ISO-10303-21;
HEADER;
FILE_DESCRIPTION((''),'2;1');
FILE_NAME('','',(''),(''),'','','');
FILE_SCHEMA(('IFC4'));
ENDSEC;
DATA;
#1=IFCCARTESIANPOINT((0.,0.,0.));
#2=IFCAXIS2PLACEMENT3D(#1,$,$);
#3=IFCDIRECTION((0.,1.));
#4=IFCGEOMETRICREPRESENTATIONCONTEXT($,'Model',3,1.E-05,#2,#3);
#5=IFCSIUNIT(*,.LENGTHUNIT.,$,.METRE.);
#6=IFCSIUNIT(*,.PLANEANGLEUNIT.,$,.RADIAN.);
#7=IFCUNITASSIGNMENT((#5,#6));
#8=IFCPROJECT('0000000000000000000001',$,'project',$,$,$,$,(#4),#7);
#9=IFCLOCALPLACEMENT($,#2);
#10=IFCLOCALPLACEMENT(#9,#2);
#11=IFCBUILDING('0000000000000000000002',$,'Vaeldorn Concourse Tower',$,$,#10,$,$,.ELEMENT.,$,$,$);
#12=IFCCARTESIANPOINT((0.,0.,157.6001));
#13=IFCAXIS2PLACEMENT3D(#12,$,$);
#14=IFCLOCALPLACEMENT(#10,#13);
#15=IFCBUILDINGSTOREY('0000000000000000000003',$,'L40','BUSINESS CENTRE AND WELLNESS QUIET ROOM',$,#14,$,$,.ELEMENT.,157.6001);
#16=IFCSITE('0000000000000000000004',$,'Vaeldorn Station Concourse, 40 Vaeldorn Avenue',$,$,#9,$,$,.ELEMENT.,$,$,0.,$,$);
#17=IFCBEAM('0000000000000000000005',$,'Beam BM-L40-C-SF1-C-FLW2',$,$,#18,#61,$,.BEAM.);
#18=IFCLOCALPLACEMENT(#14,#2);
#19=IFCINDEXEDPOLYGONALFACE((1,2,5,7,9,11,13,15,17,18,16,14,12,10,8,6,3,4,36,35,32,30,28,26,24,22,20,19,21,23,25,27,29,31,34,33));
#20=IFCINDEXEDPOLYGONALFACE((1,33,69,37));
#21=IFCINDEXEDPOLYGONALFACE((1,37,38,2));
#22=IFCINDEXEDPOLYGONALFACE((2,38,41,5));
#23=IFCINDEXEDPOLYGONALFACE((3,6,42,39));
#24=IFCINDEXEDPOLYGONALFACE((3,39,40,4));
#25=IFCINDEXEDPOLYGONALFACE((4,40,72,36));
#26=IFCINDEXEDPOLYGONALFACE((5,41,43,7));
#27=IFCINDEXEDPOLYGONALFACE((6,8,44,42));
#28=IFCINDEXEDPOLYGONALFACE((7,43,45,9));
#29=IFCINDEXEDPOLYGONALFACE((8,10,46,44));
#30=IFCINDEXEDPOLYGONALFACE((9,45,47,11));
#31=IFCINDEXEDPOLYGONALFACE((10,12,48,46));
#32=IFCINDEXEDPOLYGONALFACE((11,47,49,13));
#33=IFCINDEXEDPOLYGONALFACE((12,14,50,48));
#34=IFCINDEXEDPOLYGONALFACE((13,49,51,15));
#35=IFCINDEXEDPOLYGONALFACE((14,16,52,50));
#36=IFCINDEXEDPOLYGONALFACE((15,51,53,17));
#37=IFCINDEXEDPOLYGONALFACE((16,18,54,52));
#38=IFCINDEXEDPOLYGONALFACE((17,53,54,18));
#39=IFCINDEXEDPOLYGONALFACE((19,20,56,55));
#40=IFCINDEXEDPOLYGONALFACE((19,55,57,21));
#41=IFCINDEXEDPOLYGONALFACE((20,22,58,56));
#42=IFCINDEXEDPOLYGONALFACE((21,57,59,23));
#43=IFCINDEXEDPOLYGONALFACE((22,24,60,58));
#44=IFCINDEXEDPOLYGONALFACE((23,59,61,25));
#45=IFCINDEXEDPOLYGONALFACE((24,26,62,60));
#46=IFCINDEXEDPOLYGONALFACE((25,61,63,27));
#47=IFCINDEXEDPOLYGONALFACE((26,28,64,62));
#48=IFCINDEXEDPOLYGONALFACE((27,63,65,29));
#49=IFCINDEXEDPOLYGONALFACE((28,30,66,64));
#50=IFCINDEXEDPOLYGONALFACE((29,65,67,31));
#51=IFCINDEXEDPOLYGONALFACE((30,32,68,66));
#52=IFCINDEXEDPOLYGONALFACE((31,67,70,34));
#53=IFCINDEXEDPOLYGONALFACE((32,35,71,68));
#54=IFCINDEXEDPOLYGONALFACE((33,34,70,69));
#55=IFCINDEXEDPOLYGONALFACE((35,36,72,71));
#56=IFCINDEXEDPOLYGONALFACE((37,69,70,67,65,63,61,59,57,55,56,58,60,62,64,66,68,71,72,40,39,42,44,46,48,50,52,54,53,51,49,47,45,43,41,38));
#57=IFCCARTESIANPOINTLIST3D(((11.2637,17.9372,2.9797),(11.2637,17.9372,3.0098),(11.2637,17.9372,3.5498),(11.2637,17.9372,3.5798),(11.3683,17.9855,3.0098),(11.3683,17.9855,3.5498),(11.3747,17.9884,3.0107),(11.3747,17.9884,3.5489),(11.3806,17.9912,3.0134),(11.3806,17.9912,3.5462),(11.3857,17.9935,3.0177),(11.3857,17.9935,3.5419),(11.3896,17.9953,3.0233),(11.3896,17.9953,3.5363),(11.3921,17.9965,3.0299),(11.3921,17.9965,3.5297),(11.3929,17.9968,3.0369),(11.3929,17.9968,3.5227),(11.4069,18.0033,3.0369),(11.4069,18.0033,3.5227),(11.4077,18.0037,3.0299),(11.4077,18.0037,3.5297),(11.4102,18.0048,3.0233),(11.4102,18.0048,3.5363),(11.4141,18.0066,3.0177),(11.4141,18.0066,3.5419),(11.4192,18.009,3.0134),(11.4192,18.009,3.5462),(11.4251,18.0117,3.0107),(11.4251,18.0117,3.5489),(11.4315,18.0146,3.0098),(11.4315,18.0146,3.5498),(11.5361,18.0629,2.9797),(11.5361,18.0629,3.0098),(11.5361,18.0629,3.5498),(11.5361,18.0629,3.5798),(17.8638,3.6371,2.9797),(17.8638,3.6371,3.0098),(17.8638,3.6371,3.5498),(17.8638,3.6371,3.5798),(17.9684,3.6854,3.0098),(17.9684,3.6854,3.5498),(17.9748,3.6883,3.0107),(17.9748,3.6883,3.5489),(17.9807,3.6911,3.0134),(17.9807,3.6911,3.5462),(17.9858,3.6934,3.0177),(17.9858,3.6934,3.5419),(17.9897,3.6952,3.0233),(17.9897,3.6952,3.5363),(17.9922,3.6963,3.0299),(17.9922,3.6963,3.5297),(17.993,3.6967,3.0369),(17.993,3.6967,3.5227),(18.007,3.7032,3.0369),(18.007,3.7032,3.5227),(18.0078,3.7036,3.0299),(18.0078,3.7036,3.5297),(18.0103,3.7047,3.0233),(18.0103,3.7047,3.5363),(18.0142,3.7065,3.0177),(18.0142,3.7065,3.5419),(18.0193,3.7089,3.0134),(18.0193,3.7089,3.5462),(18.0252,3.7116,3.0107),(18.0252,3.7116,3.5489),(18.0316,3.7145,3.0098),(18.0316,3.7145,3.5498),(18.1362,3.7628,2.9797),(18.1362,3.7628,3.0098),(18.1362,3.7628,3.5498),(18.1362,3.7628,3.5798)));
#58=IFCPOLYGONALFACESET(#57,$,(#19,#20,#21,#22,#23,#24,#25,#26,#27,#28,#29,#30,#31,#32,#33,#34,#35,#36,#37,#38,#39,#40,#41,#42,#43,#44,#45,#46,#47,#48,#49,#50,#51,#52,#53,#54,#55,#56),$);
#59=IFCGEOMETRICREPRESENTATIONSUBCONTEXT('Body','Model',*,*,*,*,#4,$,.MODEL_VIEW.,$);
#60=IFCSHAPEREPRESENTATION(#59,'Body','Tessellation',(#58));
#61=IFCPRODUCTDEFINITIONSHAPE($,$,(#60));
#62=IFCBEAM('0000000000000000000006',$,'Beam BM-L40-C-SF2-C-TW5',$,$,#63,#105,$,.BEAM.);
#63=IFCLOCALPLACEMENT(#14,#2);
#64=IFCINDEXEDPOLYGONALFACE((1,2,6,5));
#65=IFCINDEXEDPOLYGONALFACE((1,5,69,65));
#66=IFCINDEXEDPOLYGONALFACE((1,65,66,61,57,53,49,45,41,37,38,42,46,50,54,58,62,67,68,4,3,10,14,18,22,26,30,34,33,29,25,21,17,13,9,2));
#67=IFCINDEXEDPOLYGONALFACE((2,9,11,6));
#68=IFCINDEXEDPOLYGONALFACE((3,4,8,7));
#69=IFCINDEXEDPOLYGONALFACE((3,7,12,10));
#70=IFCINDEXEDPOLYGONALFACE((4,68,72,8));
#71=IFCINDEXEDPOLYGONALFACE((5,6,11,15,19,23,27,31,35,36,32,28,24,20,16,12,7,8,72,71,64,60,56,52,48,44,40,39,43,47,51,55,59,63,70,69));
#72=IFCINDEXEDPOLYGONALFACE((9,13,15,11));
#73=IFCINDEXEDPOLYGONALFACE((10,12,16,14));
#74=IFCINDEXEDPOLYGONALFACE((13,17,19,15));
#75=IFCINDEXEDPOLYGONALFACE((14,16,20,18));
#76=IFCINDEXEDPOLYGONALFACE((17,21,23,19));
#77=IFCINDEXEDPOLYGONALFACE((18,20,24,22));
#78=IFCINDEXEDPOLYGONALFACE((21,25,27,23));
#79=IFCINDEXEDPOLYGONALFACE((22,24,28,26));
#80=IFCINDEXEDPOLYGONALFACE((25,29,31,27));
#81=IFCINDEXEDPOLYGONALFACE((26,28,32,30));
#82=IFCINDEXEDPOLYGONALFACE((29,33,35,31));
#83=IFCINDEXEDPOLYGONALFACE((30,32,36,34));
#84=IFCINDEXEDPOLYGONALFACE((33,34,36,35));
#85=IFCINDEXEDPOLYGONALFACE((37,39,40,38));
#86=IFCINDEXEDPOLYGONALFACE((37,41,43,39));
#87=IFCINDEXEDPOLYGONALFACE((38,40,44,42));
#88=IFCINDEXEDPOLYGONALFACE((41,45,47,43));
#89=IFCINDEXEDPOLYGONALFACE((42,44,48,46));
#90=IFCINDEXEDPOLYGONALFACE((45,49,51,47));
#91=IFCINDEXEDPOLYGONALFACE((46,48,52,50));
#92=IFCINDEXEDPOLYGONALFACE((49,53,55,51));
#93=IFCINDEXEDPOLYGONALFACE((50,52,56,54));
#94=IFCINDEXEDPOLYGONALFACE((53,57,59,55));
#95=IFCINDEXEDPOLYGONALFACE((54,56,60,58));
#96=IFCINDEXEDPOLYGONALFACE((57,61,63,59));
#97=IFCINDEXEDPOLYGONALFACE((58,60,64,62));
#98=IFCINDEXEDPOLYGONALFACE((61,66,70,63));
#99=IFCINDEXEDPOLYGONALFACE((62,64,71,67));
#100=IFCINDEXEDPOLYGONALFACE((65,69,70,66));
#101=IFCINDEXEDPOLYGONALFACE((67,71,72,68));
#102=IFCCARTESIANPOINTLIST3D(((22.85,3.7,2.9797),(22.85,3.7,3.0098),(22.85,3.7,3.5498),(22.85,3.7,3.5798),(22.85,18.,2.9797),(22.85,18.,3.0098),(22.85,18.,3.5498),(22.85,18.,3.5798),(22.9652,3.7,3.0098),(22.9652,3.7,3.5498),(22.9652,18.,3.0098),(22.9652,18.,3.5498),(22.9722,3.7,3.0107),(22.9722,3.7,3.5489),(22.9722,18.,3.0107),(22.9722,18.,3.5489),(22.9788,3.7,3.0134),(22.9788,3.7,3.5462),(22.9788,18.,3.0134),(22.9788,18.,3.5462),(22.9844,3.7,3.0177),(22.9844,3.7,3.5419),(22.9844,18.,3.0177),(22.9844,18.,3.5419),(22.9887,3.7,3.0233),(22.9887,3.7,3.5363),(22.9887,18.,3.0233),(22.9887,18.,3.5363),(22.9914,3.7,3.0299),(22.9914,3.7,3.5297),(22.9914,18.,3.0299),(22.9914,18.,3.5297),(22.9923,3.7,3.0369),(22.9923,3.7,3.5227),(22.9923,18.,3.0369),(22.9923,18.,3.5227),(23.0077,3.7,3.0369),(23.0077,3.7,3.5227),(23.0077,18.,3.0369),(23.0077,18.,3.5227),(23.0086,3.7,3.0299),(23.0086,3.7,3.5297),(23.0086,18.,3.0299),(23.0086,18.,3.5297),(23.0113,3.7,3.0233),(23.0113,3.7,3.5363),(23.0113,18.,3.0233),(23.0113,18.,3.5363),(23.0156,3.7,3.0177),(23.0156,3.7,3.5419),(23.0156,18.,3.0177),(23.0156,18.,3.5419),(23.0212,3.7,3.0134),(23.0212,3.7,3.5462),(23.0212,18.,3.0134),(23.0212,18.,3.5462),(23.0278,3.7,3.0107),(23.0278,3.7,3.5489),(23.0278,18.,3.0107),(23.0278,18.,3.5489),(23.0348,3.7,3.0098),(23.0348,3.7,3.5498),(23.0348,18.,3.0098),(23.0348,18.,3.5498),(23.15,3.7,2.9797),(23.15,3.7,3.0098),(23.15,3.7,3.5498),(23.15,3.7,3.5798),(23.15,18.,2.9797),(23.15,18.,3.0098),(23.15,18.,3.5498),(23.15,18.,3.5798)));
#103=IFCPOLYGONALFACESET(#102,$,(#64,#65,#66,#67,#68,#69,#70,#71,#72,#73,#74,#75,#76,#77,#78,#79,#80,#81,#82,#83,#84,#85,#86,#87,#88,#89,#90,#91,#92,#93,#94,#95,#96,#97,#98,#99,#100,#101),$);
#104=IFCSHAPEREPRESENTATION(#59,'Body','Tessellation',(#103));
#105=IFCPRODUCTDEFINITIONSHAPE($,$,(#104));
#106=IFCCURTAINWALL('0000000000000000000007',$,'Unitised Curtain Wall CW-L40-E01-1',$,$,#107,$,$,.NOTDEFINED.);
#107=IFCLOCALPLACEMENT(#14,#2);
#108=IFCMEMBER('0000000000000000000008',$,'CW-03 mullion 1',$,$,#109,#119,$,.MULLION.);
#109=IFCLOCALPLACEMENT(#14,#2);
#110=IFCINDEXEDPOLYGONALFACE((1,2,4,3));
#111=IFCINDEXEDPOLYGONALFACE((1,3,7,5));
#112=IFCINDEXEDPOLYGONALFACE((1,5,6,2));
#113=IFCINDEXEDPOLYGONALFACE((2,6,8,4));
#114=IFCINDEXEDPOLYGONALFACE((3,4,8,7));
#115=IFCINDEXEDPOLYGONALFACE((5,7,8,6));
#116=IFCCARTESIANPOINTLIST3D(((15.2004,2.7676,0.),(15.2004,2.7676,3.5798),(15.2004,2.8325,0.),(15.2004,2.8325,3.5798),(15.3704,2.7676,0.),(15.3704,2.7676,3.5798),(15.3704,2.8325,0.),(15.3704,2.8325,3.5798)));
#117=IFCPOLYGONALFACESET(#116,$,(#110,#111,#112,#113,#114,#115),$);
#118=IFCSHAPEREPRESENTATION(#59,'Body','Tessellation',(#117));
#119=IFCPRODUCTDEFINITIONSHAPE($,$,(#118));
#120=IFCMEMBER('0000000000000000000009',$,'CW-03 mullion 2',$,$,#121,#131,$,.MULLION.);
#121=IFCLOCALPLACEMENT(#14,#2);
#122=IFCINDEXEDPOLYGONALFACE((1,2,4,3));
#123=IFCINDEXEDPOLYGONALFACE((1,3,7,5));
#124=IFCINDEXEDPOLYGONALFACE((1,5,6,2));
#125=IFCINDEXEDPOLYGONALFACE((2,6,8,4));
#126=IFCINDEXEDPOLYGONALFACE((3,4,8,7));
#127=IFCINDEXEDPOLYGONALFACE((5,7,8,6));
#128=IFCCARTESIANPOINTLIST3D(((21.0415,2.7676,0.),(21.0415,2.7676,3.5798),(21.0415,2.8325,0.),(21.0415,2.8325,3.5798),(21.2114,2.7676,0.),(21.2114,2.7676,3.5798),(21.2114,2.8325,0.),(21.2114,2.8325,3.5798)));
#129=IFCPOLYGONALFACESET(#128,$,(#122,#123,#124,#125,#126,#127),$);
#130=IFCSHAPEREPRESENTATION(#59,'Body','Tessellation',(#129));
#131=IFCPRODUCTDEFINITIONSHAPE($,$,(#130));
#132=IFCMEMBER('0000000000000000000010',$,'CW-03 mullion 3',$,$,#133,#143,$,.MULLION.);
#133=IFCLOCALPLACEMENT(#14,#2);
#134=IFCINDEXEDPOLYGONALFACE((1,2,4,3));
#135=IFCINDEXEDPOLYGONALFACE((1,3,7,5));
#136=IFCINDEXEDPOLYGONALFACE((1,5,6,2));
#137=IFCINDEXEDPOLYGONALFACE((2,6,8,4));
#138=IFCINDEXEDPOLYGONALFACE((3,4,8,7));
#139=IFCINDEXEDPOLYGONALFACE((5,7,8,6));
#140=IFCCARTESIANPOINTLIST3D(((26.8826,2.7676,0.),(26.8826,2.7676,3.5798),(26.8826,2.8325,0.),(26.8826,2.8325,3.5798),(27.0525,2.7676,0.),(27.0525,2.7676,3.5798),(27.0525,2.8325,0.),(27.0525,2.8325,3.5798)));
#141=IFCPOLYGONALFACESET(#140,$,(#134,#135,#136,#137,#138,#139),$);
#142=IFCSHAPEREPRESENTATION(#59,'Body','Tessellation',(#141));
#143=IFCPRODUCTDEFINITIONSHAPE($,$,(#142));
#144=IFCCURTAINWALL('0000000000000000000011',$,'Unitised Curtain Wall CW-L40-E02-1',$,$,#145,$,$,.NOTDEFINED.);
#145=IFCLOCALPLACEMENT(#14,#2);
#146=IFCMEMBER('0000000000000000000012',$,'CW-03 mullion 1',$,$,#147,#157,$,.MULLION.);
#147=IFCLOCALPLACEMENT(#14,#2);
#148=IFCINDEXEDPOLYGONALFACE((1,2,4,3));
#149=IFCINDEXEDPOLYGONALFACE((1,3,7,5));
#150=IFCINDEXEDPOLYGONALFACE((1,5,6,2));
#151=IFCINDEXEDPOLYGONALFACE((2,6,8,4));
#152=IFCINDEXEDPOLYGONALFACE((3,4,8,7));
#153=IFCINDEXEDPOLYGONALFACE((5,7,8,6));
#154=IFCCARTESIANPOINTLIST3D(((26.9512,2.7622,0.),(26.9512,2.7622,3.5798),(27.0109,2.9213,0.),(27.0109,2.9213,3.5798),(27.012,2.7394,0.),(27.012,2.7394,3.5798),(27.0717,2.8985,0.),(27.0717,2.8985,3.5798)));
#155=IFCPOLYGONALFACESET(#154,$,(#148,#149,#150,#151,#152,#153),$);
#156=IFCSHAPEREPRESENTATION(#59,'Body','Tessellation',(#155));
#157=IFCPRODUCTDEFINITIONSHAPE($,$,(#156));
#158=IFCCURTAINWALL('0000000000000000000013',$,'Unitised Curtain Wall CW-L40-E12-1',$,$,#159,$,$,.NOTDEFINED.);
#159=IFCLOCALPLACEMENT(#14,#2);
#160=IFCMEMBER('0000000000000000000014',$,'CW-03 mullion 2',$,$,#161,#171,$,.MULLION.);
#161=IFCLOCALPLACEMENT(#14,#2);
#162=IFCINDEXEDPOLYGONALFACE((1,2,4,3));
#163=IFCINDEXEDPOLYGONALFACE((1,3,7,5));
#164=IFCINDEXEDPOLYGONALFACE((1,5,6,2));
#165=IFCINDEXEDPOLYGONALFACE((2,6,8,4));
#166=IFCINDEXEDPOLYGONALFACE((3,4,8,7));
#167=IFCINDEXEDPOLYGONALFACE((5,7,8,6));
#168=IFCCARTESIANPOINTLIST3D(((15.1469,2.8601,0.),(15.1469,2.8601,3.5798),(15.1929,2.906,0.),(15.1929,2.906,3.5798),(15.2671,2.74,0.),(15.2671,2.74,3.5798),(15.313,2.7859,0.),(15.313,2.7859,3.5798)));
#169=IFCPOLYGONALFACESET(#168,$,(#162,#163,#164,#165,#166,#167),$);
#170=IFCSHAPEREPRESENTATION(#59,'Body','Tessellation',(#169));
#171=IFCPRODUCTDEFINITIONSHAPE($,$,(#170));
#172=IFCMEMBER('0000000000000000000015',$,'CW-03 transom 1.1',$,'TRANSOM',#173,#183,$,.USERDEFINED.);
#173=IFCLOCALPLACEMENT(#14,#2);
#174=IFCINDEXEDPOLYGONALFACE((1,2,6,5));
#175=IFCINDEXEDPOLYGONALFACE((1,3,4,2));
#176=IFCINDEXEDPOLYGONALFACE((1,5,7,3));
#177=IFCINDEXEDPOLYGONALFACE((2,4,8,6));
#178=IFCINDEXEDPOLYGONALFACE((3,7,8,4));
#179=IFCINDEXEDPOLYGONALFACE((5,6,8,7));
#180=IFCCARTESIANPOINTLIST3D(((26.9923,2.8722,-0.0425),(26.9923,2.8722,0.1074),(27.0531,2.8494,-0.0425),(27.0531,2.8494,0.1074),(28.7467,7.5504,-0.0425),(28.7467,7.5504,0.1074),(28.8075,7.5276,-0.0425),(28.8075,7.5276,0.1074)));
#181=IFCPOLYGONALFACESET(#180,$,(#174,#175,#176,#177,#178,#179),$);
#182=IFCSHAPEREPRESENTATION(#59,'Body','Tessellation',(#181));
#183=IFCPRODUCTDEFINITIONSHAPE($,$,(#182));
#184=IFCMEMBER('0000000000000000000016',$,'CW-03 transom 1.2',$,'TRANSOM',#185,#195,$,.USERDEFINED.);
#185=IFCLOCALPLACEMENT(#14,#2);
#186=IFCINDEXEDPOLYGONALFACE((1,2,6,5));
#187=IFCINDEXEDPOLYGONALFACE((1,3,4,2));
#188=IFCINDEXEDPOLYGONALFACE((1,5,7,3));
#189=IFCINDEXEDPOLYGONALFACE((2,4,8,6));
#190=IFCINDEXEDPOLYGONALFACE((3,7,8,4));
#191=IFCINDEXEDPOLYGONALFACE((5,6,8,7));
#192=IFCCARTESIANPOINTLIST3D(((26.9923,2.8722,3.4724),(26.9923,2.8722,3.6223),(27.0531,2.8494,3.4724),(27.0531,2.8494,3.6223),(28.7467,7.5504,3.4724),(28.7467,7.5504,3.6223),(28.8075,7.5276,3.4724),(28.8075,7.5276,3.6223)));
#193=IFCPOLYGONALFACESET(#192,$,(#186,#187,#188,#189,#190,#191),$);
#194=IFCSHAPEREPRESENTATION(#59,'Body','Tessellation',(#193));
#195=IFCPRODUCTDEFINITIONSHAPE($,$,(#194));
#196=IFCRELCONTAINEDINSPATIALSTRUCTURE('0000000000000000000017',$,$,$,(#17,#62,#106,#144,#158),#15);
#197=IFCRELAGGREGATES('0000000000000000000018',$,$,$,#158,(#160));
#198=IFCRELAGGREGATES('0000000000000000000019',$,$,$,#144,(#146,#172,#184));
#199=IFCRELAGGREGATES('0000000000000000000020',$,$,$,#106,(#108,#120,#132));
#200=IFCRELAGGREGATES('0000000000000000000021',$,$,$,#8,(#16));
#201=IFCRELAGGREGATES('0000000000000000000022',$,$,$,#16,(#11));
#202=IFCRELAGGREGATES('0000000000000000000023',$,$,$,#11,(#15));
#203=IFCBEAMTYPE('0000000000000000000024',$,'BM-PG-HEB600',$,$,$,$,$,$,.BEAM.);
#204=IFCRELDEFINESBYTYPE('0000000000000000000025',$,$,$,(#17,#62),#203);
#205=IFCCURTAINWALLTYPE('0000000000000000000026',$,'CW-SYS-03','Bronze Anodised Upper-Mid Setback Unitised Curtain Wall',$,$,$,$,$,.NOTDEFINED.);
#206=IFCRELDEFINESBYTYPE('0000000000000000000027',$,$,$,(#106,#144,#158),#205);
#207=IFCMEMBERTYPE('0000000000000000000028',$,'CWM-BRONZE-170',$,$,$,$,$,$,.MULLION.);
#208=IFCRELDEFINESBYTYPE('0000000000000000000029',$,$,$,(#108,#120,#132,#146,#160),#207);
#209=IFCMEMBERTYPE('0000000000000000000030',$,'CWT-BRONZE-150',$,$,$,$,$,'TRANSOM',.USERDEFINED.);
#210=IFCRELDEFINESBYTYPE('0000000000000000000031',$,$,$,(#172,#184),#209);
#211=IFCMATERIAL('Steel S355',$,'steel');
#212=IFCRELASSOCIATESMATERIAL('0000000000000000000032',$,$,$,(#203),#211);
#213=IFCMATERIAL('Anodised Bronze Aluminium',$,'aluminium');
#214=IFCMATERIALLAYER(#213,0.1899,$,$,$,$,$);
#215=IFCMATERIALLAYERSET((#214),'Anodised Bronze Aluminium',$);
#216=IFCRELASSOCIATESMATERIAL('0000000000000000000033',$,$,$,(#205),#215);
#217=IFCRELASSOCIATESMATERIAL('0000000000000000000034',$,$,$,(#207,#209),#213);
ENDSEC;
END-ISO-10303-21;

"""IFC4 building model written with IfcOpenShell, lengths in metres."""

from ifc_helpers import new_model, si_unit, direction, frame, origin, origin_2d, place, context, subcontext, project, spatial, rectangle, i_section, extrude, source, transform, mapped, material, layer, layer_set, material_profile, profile_set, type_object, element, aggregate, save


model = new_model("IFC4")

# Units and contexts
model_context = context("Model", 3, precision=1e-05, world=origin(), true_north=direction((0.0, 1.0)))
body_context = subcontext(model_context, "Body", "Model", "MODEL_VIEW")
ifc_project = project(units=[si_unit("LENGTHUNIT", "METRE"), si_unit("PLANEANGLEUNIT", "RADIAN")], contexts=[model_context])

# Site, building, storey
site_placement = place(None, origin())
site = spatial("IfcSite", under=ifc_project, at=site_placement, Name="Vaeldorn Station Concourse, 40 Vaeldorn Avenue", CompositionType="ELEMENT", RefElevation=0.0)
building_placement = place(site_placement, origin())
building = spatial("IfcBuilding", under=site, at=building_placement, Name="Vaeldorn Concourse Tower", CompositionType="ELEMENT")
storey_placement = place(building_placement, frame((0.0, 0.0, 157.6001)))
storey = spatial("IfcBuildingStorey", under=building, at=storey_placement, Name="L40", Description="BUSINESS CENTRE AND WELLNESS QUIET ROOM", CompositionType="ELEMENT", Elevation=157.6001)

# Beams
ifc_material_1 = material(Name="Steel S355", Category="steel")
ifc_material_profile_1 = material_profile(ifc_material_1, i_section(OverallWidth=0.3, OverallDepth=0.6001, WebThickness=0.0154, FlangeThickness=0.03, FilletRadius=0.0271, at=origin_2d()), Name="HEB 600")
ifc_profile_set_1 = profile_set([ifc_material_profile_1], Name="Steel S355")
beam_type_1 = type_object("IfcBeamType", Name="BM-PG-HEB600", PredefinedType="BEAM", material=ifc_profile_set_1)
shared_shape_1 = source(origin(), body_context, "Body", "SweptSolid", [
    extrude(i_section(OverallWidth=0.3, OverallDepth=0.6001, WebThickness=0.0154, FlangeThickness=0.03, FilletRadius=0.0271, at=origin_2d()), origin(), (0.0, 0.0, 1.0), 15.7498),
])
beam_1_placement = place(storey_placement, frame((18.0, 3.7, 3.2798), z_axis=(-0.419062, 0.907958, 0.0), x_axis=(-0.907958, -0.419062, 0.0)))
element("IfcBeam", 1, at=beam_1_placement, inside=storey, type_object=beam_type_1, Name="Beam BM-L40-C-SF1-C-FLW2", PredefinedType="BEAM", context=body_context, shape_type="MappedRepresentation", body=[
    mapped(shared_shape_1, transform((0.0, 0.0, 0.0), scale=1.0)),
])
shared_shape_2 = source(origin(), body_context, "Body", "SweptSolid", [
    extrude(i_section(OverallWidth=0.3, OverallDepth=0.6001, WebThickness=0.0154, FlangeThickness=0.03, FilletRadius=0.0271, at=origin_2d()), origin(), (0.0, 0.0, 1.0), 14.3),
])
beam_2_placement = place(storey_placement, frame((23.0, 3.7, 3.2798), z_axis=(0.0, 1.0, 0.0), x_axis=(-1.0, 0.0, 0.0)))
element("IfcBeam", 2, at=beam_2_placement, inside=storey, type_object=beam_type_1, Name="Beam BM-L40-C-SF2-C-TW5", PredefinedType="BEAM", context=body_context, shape_type="MappedRepresentation", body=[
    mapped(shared_shape_2, transform((0.0, 0.0, 0.0), scale=1.0)),
])

# Curtain wall, members
ifc_material_2 = material(Name="Anodised Bronze Aluminium", Category="aluminium")
ifc_layer_1 = layer(ifc_material_2, 0.1899)
ifc_layer_set_1 = layer_set([ifc_layer_1], Name="Anodised Bronze Aluminium")
curtain_wall_type = type_object("IfcCurtainWallType", Name="CW-SYS-03", Description="Bronze Anodised Upper-Mid Setback Unitised Curtain Wall", PredefinedType="NOTDEFINED", material=ifc_layer_set_1)
curtain_wall_1_placement = place(storey_placement, origin())
curtain_wall_1 = element("IfcCurtainWall", 3, at=curtain_wall_1_placement, inside=storey, type_object=curtain_wall_type, Name="Unitised Curtain Wall CW-L40-E01-1", PredefinedType="NOTDEFINED")
ifc_material_profile_2 = material_profile(ifc_material_2, rectangle(XDim=0.0649, YDim=0.1699, at=origin_2d()), Name="CWM 65x170")
ifc_profile_set_2 = profile_set([ifc_material_profile_2], Name="Anodised Bronze Aluminium")
member_type_1 = type_object("IfcMemberType", Name="CWM-BRONZE-170", PredefinedType="MULLION", material=ifc_profile_set_2)
shared_shape_3 = source(origin(), body_context, "Body", "SweptSolid", [
    extrude(rectangle(XDim=0.0649, YDim=0.1699, at=origin_2d()), origin(), (0.0, 0.0, 1.0), 3.5798),
])
member_1_placement = place(storey_placement, frame((15.2854, 2.8, 0.0), z_axis=(0.0, 0.0, 1.0), x_axis=(0.0, 1.0, 0.0)))
member_1 = element("IfcMember", 4, at=member_1_placement, type_object=member_type_1, Name="CW-03 mullion 1", PredefinedType="MULLION", context=body_context, shape_type="MappedRepresentation", body=[
    mapped(shared_shape_3, transform((0.0, 0.0, 0.0), scale=1.0)),
])
member_2_placement = place(storey_placement, frame((21.1265, 2.8, 0.0), z_axis=(0.0, 0.0, 1.0), x_axis=(0.0, 1.0, 0.0)))
member_2 = element("IfcMember", 5, at=member_2_placement, type_object=member_type_1, Name="CW-03 mullion 2", PredefinedType="MULLION", context=body_context, shape_type="MappedRepresentation", body=[
    mapped(shared_shape_3, transform((0.0, 0.0, 0.0), scale=1.0)),
])
member_3_placement = place(storey_placement, frame((26.9675, 2.8, 0.0), z_axis=(0.0, 0.0, 1.0), x_axis=(0.0, 1.0, 0.0)))
member_3 = element("IfcMember", 6, at=member_3_placement, type_object=member_type_1, Name="CW-03 mullion 3", PredefinedType="MULLION", context=body_context, shape_type="MappedRepresentation", body=[
    mapped(shared_shape_3, transform((0.0, 0.0, 0.0), scale=1.0)),
])

# Curtain walls, members
curtain_wall_2_placement = place(storey_placement, origin())
curtain_wall_2 = element("IfcCurtainWall", 7, at=curtain_wall_2_placement, inside=storey, type_object=curtain_wall_type, Name="Unitised Curtain Wall CW-L40-E02-1", PredefinedType="NOTDEFINED")
member_4_placement = place(storey_placement, frame((27.0115, 2.8303, 0.0), z_axis=(0.0, 0.0, 1.0), x_axis=(-0.936329, 0.351123, 0.0)))
member_4 = element("IfcMember", 8, at=member_4_placement, type_object=member_type_1, Name="CW-03 mullion 1", PredefinedType="MULLION", context=body_context, shape_type="MappedRepresentation", body=[
    mapped(shared_shape_3, transform((0.0, 0.0, 0.0), scale=1.0)),
])
curtain_wall_3_placement = place(storey_placement, origin())
curtain_wall_3 = element("IfcCurtainWall", 9, at=curtain_wall_3_placement, inside=storey, type_object=curtain_wall_type, Name="Unitised Curtain Wall CW-L40-E12-1", PredefinedType="NOTDEFINED")
member_5_placement = place(storey_placement, frame((15.23, 2.823, 0.0), z_axis=(0.0, 0.0, 1.0), x_axis=(0.707107, 0.707107, 0.0)))
member_5 = element("IfcMember", 10, at=member_5_placement, type_object=member_type_1, Name="CW-03 mullion 2", PredefinedType="MULLION", context=body_context, shape_type="MappedRepresentation", body=[
    mapped(shared_shape_3, transform((0.0, 0.0, 0.0), scale=1.0)),
])
aggregate(curtain_wall_3, [member_5])

# Members
ifc_material_profile_3 = material_profile(ifc_material_2, rectangle(XDim=0.0649, YDim=0.1499, at=origin_2d()), Name="CWT 65x150")
ifc_profile_set_3 = profile_set([ifc_material_profile_3], Name="Anodised Bronze Aluminium")
member_type_2 = type_object("IfcMemberType", Name="CWT-BRONZE-150", ElementType="TRANSOM", PredefinedType="USERDEFINED", material=ifc_profile_set_3)
shared_shape_4 = source(origin(), body_context, "Body", "SweptSolid", [
    extrude(rectangle(XDim=0.0649, YDim=0.1499, at=origin_2d()), origin(), (0.0, 0.0, 1.0), 4.9963),
])
member_6_placement = place(storey_placement, frame((27.0227, 2.8608, 0.0325), z_axis=(0.351134, 0.936325, 0.0), x_axis=(-0.936325, 0.351134, 0.0)))
member_6 = element("IfcMember", 11, at=member_6_placement, type_object=member_type_2, Name="CW-03 transom 1.1", ObjectType="TRANSOM", PredefinedType="USERDEFINED", context=body_context, shape_type="MappedRepresentation", body=[
    mapped(shared_shape_4, transform((0.0, 0.0, 0.0), scale=1.0)),
])
member_7_placement = place(storey_placement, frame((27.0227, 2.8608, 3.5474), z_axis=(0.351134, 0.936325, 0.0), x_axis=(-0.936325, 0.351134, 0.0)))
member_7 = element("IfcMember", 12, at=member_7_placement, type_object=member_type_2, Name="CW-03 transom 1.2", ObjectType="TRANSOM", PredefinedType="USERDEFINED", context=body_context, shape_type="MappedRepresentation", body=[
    mapped(shared_shape_4, transform((0.0, 0.0, 0.0), scale=1.0)),
])
aggregate(curtain_wall_2, [member_4, member_6, member_7])

aggregate(curtain_wall_1, [member_1, member_2, member_3])

save(model, "model.ifc")
